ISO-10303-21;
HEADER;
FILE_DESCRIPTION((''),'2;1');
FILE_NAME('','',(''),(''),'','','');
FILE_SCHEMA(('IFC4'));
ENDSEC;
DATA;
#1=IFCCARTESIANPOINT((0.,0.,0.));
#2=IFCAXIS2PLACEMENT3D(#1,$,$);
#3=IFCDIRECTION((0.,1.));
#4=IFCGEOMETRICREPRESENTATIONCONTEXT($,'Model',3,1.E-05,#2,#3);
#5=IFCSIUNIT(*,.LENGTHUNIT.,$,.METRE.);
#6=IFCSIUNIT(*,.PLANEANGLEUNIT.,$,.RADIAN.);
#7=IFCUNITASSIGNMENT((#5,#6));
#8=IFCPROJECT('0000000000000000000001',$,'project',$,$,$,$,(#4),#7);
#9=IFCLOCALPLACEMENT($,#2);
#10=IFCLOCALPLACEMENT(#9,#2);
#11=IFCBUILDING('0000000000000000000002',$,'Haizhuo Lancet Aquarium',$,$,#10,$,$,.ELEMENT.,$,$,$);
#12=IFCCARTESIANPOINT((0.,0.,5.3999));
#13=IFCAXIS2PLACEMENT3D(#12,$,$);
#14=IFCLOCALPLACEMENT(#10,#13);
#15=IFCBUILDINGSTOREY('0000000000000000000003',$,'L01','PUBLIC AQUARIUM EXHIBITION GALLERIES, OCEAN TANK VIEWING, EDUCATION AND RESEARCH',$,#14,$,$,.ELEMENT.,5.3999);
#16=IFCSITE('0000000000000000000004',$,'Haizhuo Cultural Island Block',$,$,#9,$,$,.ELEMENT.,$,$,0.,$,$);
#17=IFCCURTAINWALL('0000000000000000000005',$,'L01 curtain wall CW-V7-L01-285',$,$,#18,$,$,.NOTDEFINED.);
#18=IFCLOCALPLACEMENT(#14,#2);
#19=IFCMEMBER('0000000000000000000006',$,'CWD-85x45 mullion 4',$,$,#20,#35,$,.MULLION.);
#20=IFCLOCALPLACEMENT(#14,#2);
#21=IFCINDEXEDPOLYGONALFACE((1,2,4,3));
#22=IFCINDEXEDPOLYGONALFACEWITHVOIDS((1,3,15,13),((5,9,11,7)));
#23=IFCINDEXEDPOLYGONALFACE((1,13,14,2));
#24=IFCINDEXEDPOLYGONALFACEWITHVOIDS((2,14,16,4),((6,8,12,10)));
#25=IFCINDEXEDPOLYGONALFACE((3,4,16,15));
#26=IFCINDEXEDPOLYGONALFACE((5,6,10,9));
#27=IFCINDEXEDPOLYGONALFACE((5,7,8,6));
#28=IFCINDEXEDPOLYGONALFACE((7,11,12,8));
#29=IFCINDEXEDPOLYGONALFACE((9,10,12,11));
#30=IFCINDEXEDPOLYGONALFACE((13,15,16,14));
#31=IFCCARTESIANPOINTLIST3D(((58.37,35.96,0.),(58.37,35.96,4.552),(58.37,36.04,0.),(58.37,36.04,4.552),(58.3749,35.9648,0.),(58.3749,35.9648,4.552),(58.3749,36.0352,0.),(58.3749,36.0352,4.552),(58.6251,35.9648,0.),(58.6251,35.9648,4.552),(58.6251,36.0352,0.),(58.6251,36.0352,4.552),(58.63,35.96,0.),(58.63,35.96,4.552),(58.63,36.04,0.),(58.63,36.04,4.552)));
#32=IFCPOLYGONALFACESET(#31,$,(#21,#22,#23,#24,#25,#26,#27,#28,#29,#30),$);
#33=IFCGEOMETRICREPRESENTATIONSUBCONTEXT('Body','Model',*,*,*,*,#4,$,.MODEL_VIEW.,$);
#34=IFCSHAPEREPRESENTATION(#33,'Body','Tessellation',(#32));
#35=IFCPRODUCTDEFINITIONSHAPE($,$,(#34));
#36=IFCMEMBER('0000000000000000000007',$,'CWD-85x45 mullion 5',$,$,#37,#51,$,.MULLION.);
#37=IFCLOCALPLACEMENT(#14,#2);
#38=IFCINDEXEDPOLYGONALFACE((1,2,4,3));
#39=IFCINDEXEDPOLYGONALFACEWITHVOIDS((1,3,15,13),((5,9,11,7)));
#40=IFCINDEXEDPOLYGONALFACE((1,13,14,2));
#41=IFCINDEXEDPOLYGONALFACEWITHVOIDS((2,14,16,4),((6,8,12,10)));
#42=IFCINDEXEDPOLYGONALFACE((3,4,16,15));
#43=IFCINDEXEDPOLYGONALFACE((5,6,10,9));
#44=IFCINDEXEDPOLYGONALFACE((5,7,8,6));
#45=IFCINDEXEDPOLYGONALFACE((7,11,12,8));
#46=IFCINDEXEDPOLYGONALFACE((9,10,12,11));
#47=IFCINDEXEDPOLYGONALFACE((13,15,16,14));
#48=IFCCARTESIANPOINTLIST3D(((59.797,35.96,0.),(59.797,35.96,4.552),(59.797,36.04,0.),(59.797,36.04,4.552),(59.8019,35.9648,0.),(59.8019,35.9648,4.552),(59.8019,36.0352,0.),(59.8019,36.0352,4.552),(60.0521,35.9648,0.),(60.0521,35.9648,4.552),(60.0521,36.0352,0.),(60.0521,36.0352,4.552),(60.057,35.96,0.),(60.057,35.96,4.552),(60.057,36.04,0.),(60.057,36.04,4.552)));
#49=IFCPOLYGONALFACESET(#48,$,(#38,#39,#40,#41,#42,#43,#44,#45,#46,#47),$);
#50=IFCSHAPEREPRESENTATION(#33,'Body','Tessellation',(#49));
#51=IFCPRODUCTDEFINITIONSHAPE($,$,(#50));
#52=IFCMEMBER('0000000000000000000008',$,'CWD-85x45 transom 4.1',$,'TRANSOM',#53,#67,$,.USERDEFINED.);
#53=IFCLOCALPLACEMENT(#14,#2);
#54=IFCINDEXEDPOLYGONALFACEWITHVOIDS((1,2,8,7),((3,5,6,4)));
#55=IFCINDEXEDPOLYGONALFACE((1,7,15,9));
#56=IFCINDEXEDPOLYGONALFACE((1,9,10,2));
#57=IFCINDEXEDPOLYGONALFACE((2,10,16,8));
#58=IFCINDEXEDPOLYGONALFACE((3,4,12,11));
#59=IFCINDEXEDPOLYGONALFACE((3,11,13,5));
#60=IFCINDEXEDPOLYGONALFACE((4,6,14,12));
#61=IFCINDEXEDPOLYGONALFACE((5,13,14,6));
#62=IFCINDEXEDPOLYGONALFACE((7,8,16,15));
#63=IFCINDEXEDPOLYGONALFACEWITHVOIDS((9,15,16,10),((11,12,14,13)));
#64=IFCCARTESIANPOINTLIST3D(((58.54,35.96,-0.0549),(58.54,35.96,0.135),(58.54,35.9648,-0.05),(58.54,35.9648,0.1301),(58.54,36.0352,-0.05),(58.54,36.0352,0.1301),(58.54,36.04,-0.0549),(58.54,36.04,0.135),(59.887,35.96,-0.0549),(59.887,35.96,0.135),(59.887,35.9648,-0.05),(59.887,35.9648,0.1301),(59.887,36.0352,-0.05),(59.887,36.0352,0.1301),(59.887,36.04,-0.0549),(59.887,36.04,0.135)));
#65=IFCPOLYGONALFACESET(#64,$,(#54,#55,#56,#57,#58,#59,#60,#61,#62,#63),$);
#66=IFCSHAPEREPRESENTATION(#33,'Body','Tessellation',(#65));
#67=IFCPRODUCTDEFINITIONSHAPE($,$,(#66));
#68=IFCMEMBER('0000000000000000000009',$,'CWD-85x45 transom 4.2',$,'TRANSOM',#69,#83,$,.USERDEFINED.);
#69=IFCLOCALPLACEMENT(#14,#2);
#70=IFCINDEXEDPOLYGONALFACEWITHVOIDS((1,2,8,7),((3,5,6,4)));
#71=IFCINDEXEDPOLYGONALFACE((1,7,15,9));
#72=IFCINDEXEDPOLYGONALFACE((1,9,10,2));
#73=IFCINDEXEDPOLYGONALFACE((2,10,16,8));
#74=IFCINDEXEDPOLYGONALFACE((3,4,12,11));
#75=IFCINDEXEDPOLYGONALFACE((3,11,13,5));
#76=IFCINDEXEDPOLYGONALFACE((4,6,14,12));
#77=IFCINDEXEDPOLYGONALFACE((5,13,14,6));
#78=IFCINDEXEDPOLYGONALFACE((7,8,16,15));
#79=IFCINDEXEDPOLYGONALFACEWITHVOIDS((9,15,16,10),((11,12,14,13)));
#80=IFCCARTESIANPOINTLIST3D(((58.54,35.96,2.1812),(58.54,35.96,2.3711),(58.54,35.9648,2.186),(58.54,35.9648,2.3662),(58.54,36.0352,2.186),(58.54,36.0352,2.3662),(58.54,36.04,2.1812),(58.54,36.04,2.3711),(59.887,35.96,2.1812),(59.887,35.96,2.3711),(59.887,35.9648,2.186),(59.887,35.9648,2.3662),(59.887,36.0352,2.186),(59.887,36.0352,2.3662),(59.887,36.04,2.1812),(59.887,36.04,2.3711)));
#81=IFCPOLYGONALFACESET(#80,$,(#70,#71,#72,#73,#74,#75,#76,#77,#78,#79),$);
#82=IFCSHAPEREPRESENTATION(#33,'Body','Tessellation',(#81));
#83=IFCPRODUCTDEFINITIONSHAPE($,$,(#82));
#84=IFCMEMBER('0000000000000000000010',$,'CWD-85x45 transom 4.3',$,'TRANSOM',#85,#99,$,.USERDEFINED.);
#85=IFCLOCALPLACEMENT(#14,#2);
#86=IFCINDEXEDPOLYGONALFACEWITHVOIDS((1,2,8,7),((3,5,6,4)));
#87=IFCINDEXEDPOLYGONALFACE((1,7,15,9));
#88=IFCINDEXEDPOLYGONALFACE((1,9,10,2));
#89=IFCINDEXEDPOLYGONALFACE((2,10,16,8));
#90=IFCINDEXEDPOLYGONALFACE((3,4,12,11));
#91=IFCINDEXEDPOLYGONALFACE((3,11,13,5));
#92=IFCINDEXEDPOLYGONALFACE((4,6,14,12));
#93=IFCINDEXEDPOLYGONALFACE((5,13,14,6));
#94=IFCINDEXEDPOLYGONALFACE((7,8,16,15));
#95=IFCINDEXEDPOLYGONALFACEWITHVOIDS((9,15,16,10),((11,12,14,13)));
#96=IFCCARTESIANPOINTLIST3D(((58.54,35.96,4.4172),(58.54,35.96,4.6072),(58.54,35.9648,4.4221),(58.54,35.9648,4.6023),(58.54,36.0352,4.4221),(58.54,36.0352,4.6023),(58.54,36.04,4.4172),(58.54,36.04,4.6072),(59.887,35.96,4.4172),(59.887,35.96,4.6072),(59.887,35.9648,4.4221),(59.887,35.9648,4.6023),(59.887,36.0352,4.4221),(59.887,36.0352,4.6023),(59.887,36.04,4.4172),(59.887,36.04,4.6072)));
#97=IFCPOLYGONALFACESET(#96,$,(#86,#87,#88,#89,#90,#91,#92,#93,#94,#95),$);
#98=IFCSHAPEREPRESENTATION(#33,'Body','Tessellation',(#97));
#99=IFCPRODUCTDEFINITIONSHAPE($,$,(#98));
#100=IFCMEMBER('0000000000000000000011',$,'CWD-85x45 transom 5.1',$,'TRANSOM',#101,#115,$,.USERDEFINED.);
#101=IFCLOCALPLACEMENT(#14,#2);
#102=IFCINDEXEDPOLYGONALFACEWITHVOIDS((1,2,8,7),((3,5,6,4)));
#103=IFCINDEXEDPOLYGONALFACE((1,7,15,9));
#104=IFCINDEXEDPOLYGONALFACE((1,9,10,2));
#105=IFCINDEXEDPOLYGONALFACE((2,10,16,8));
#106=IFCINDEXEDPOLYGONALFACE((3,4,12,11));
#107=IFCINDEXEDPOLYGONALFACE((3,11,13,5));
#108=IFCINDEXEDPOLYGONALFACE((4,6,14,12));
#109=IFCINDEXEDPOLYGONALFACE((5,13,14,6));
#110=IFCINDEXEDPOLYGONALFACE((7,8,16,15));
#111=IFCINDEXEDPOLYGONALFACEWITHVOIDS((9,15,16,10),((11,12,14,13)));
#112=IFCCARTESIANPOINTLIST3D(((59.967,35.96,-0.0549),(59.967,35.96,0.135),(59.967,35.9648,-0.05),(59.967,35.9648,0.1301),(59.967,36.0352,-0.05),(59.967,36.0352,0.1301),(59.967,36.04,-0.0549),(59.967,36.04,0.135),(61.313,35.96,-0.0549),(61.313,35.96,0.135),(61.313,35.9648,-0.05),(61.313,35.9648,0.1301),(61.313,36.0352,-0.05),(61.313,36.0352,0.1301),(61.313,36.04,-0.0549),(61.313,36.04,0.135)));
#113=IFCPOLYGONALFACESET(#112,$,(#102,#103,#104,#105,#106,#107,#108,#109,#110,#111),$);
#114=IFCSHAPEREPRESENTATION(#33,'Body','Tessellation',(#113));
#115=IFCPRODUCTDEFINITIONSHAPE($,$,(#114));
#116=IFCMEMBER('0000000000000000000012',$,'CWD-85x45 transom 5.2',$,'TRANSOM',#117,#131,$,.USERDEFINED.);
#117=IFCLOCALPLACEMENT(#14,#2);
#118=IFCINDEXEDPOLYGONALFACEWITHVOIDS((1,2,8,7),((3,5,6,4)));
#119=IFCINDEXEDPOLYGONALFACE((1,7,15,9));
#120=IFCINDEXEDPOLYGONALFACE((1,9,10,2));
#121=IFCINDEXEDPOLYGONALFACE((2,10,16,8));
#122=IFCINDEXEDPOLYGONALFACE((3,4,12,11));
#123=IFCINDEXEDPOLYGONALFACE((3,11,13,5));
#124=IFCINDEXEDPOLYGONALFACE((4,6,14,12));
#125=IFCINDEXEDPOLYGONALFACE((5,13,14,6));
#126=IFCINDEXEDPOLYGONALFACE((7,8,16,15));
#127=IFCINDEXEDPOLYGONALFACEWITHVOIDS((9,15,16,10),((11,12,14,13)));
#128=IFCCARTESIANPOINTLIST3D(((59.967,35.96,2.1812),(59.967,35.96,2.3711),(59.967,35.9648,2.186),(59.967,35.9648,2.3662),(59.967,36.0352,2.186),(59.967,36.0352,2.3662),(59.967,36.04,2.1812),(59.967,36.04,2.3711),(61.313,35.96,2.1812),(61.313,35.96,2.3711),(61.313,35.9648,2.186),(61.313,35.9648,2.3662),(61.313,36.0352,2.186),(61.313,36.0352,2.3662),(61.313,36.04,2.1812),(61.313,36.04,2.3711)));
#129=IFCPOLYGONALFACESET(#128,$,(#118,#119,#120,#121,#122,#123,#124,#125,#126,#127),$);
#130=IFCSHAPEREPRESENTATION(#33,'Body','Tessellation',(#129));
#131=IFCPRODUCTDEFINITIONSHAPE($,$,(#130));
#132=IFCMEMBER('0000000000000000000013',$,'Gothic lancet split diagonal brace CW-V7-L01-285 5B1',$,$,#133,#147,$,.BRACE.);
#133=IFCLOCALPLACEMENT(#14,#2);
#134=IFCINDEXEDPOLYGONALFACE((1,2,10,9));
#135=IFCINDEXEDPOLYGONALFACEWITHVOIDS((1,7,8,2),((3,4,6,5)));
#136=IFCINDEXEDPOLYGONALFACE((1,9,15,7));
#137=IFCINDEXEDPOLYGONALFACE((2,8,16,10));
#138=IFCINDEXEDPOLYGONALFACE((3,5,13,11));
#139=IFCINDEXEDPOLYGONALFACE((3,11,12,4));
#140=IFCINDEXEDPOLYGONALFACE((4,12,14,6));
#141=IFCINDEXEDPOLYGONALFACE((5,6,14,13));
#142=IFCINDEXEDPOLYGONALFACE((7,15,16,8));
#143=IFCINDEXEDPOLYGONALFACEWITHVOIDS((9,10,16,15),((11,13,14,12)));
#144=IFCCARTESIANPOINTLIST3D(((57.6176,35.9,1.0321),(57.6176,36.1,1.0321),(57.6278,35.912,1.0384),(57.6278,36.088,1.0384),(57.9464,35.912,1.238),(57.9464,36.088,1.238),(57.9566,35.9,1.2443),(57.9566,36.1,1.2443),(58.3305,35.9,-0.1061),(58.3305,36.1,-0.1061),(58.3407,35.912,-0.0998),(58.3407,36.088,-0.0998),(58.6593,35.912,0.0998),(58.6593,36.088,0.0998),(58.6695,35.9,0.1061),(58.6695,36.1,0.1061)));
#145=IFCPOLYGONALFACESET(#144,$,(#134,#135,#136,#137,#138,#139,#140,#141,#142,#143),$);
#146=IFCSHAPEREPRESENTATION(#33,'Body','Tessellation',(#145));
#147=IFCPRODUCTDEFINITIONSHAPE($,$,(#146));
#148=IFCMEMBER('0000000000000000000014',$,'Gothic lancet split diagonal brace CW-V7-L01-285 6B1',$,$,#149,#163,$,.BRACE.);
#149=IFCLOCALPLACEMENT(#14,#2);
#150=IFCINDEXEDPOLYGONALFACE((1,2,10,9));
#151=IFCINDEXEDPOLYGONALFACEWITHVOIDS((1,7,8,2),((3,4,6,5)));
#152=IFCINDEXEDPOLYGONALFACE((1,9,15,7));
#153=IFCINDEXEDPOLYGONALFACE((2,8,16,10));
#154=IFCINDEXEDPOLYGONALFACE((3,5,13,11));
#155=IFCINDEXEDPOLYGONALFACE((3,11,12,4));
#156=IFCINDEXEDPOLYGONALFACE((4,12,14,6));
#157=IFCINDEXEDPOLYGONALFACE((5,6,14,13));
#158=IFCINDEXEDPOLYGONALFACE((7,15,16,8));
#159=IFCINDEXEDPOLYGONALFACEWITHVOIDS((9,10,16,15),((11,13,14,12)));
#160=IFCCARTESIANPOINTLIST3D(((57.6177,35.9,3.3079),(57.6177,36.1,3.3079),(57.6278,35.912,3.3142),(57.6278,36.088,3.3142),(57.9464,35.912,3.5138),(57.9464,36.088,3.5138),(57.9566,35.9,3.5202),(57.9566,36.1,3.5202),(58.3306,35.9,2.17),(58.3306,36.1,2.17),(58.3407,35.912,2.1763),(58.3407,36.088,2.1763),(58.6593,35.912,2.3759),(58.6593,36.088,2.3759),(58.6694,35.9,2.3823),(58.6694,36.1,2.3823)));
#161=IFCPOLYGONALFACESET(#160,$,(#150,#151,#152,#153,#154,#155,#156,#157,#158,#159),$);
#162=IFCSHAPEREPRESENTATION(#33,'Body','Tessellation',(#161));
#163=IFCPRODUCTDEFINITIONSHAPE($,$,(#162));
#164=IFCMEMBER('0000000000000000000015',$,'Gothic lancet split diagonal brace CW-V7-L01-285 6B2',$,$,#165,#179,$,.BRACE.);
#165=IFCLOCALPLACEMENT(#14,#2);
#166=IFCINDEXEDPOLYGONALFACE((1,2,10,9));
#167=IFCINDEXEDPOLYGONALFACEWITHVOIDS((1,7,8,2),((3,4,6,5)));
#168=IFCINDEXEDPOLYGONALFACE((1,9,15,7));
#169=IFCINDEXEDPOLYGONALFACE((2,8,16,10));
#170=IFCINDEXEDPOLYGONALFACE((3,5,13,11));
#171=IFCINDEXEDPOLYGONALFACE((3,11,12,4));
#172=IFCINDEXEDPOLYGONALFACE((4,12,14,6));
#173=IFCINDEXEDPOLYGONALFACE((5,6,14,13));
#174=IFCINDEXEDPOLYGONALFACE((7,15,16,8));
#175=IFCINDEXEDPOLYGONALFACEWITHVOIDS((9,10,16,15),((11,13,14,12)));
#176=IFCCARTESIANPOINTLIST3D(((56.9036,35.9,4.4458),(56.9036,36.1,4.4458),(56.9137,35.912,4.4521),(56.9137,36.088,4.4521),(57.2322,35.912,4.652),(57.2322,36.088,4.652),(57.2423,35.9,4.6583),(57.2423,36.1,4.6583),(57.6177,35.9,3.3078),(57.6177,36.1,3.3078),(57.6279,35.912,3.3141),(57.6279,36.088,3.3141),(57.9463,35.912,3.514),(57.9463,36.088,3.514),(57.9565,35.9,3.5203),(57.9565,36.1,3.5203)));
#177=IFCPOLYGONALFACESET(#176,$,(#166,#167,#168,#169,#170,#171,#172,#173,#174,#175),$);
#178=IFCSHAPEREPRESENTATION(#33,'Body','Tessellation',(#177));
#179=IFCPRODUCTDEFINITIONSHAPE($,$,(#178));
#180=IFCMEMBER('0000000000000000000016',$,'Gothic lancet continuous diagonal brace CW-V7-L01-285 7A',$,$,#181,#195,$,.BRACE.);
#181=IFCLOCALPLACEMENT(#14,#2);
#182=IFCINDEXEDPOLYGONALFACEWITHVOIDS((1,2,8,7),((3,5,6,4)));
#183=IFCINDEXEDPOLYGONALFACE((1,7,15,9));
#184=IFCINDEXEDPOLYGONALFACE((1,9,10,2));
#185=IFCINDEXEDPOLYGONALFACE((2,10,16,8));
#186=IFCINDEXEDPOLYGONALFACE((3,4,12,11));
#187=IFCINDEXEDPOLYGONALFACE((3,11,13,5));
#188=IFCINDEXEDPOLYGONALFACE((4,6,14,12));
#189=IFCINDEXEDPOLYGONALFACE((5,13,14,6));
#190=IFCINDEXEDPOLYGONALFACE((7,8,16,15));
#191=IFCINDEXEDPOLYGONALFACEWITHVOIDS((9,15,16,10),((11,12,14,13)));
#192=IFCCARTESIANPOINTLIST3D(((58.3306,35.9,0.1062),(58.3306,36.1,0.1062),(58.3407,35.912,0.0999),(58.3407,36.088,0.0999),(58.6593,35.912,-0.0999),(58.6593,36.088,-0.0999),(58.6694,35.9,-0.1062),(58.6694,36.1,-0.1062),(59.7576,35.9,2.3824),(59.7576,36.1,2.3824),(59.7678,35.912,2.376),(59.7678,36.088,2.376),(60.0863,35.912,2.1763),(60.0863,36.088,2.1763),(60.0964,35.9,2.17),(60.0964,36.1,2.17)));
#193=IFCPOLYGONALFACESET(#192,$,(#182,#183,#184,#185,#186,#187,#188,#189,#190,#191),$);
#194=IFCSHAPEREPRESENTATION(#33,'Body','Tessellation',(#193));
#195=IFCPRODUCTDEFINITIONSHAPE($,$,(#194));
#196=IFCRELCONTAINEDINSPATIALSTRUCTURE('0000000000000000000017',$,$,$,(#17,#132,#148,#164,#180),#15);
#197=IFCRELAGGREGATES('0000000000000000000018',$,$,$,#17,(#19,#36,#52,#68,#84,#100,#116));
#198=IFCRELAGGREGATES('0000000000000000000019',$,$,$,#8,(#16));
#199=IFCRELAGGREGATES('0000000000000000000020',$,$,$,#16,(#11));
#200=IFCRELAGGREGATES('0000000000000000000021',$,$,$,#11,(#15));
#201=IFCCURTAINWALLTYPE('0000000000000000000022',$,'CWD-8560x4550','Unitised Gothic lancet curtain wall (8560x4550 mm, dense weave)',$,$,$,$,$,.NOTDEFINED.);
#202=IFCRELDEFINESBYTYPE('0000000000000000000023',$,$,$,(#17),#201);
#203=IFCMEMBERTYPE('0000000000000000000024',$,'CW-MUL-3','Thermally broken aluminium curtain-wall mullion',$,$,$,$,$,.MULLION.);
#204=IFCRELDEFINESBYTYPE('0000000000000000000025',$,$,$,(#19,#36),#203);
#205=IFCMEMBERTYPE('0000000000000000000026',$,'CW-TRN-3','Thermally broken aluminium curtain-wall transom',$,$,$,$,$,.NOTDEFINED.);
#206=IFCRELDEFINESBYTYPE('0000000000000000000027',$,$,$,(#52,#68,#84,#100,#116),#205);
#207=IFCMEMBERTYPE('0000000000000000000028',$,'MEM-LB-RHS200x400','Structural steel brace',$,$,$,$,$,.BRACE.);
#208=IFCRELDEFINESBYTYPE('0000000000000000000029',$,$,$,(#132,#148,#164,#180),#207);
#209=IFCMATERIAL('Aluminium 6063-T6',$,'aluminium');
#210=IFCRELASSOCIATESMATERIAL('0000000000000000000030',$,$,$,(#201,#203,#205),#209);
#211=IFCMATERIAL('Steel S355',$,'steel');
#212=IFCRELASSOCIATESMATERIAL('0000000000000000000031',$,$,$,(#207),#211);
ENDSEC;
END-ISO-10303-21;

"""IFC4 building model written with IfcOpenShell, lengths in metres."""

from ifc_helpers import new_model, si_unit, direction, frame, origin, origin_2d, place, context, subcontext, project, spatial, hollow_rectangle, extrude, material, material_profile, profile_set, type_object, element, aggregate, save


model = new_model("IFC4")

# Units and contexts
model_context = context("Model", 3, precision=1e-05, world=origin(), true_north=direction((0.0, 1.0)))
body_context = subcontext(model_context, "Body", "Model", "MODEL_VIEW")
ifc_project = project(units=[si_unit("LENGTHUNIT", "METRE"), si_unit("PLANEANGLEUNIT", "RADIAN")], contexts=[model_context])

# Site, building, storey
site_placement = place(None, origin())
site = spatial("IfcSite", under=ifc_project, at=site_placement, Name="Haizhuo Cultural Island Block", CompositionType="ELEMENT", RefElevation=0.0)
building_placement = place(site_placement, origin())
building = spatial("IfcBuilding", under=site, at=building_placement, Name="Haizhuo Lancet Aquarium", CompositionType="ELEMENT")
storey_placement = place(building_placement, frame((0.0, 0.0, 5.3999)))
storey = spatial("IfcBuildingStorey", under=building, at=storey_placement, Name="L01", Description="PUBLIC AQUARIUM EXHIBITION GALLERIES, OCEAN TANK VIEWING, EDUCATION AND RESEARCH", CompositionType="ELEMENT", Elevation=5.3999)

# Curtain wall, members
ifc_material_1 = material(Name="Aluminium 6063-T6", Category="aluminium")
curtain_wall_type = type_object("IfcCurtainWallType", Name="CWD-8560x4550", Description="Unitised Gothic lancet curtain wall (8560x4550 mm, dense weave)", PredefinedType="NOTDEFINED", material=ifc_material_1)
curtain_wall_placement = place(storey_placement, origin())
curtain_wall = element("IfcCurtainWall", 1, at=curtain_wall_placement, inside=storey, type_object=curtain_wall_type, Name="L01 curtain wall CW-V7-L01-285", PredefinedType="NOTDEFINED")
ifc_material_profile_1 = material_profile(ifc_material_1, hollow_rectangle(XDim=0.0801, YDim=0.26, WallThickness=0.0049, at=origin_2d()), Name="ALU-M 80x260x5")
ifc_profile_set_1 = profile_set([ifc_material_profile_1], Name="Aluminium 6063-T6")
member_type_1 = type_object("IfcMemberType", Name="CW-MUL-3", Description="Thermally broken aluminium curtain-wall mullion", PredefinedType="MULLION", material=ifc_profile_set_1)
member_1_placement = place(storey_placement, frame((58.5, 36.0, 0.0), z_axis=(0.0, 0.0, 1.0), x_axis=(0.0, 1.0, 0.0)))
member_1 = element("IfcMember", 2, at=member_1_placement, type_object=member_type_1, Name="CWD-85x45 mullion 4", PredefinedType="MULLION", context=body_context, shape_type="SweptSolid", body=[
    extrude(hollow_rectangle(XDim=0.0801, YDim=0.26, WallThickness=0.0049, at=origin_2d()), origin(), (0.0, 0.0, 1.0), 4.552),
])
member_2_placement = place(storey_placement, frame((59.927, 36.0, 0.0), z_axis=(0.0, 0.0, 1.0), x_axis=(0.0, 1.0, 0.0)))
member_2 = element("IfcMember", 3, at=member_2_placement, type_object=member_type_1, Name="CWD-85x45 mullion 5", PredefinedType="MULLION", context=body_context, shape_type="SweptSolid", body=[
    extrude(hollow_rectangle(XDim=0.0801, YDim=0.26, WallThickness=0.0049, at=origin_2d()), origin(), (0.0, 0.0, 1.0), 4.552),
])
ifc_material_profile_2 = material_profile(ifc_material_1, hollow_rectangle(XDim=0.0801, YDim=0.1899, WallThickness=0.0049, at=origin_2d()), Name="ALU-T 80x190x5")
ifc_profile_set_2 = profile_set([ifc_material_profile_2], Name="Aluminium 6063-T6")
member_type_2 = type_object("IfcMemberType", Name="CW-TRN-3", Description="Thermally broken aluminium curtain-wall transom", PredefinedType="NOTDEFINED", material=ifc_profile_set_2)
member_3_placement = place(storey_placement, frame((58.54, 36.0, 0.04), z_axis=(1.0, 0.0, 0.0), x_axis=(0.0, 1.0, 0.0)))
member_3 = element("IfcMember", 4, at=member_3_placement, type_object=member_type_2, Name="CWD-85x45 transom 4.1", ObjectType="TRANSOM", PredefinedType="USERDEFINED", context=body_context, shape_type="SweptSolid", body=[
    extrude(hollow_rectangle(XDim=0.0801, YDim=0.1899, WallThickness=0.0049, at=origin_2d()), origin(), (0.0, 0.0, 1.0), 1.3469),
])
member_4_placement = place(storey_placement, frame((58.54, 36.0, 2.2761), z_axis=(1.0, 0.0, 0.0), x_axis=(0.0, 1.0, 0.0)))
member_4 = element("IfcMember", 5, at=member_4_placement, type_object=member_type_2, Name="CWD-85x45 transom 4.2", ObjectType="TRANSOM", PredefinedType="USERDEFINED", context=body_context, shape_type="SweptSolid", body=[
    extrude(hollow_rectangle(XDim=0.0801, YDim=0.1899, WallThickness=0.0049, at=origin_2d()), origin(), (0.0, 0.0, 1.0), 1.3469),
])
member_5_placement = place(storey_placement, frame((58.54, 36.0, 4.5122), z_axis=(1.0, 0.0, 0.0), x_axis=(0.0, 1.0, 0.0)))
member_5 = element("IfcMember", 6, at=member_5_placement, type_object=member_type_2, Name="CWD-85x45 transom 4.3", ObjectType="TRANSOM", PredefinedType="USERDEFINED", context=body_context, shape_type="SweptSolid", body=[
    extrude(hollow_rectangle(XDim=0.0801, YDim=0.1899, WallThickness=0.0049, at=origin_2d()), origin(), (0.0, 0.0, 1.0), 1.3469),
])
member_6_placement = place(storey_placement, frame((59.967, 36.0, 0.04), z_axis=(1.0, 0.0, 0.0), x_axis=(0.0, 1.0, 0.0)))
member_6 = element("IfcMember", 7, at=member_6_placement, type_object=member_type_2, Name="CWD-85x45 transom 5.1", ObjectType="TRANSOM", PredefinedType="USERDEFINED", context=body_context, shape_type="SweptSolid", body=[
    extrude(hollow_rectangle(XDim=0.0801, YDim=0.1899, WallThickness=0.0049, at=origin_2d()), origin(), (0.0, 0.0, 1.0), 1.3459),
])
member_7_placement = place(storey_placement, frame((59.967, 36.0, 2.2761), z_axis=(1.0, 0.0, 0.0), x_axis=(0.0, 1.0, 0.0)))
member_7 = element("IfcMember", 8, at=member_7_placement, type_object=member_type_2, Name="CWD-85x45 transom 5.2", ObjectType="TRANSOM", PredefinedType="USERDEFINED", context=body_context, shape_type="SweptSolid", body=[
    extrude(hollow_rectangle(XDim=0.0801, YDim=0.1899, WallThickness=0.0049, at=origin_2d()), origin(), (0.0, 0.0, 1.0), 1.3459),
])

# Members
ifc_material_2 = material(Name="Steel S355", Category="steel")
ifc_material_profile_3 = material_profile(ifc_material_2, hollow_rectangle(XDim=0.2, YDim=0.3999, WallThickness=0.012, at=origin_2d()), Name="RHS 200x400x12")
ifc_profile_set_3 = profile_set([ifc_material_profile_3], Name="Steel S355")
member_type_3 = type_object("IfcMemberType", Name="MEM-LB-RHS200x400", Description="Structural steel brace", PredefinedType="BRACE", material=ifc_profile_set_3)
member_8_placement = place(storey_placement, frame((58.5, 36.0, 0.0), z_axis=(-0.530816, 0.0, 0.847487), x_axis=(0.0, -1.0, 0.0)))
element("IfcMember", 9, at=member_8_placement, inside=storey, type_object=member_type_3, Name="Gothic lancet split diagonal brace CW-V7-L01-285 5B1", PredefinedType="BRACE", context=body_context, shape_type="SweptSolid", body=[
    extrude(hollow_rectangle(XDim=0.2, YDim=0.3999, WallThickness=0.012, at=origin_2d()), origin(), (0.0, 0.0, 1.0), 1.343),
])
member_9_placement = place(storey_placement, frame((58.5, 36.0, 2.2761), z_axis=(-0.530897, 0.0, 0.847436), x_axis=(0.0, -1.0, 0.0)))
element("IfcMember", 10, at=member_9_placement, inside=storey, type_object=member_type_3, Name="Gothic lancet split diagonal brace CW-V7-L01-285 6B1", PredefinedType="BRACE", context=body_context, shape_type="SweptSolid", body=[
    extrude(hollow_rectangle(XDim=0.2, YDim=0.3999, WallThickness=0.012, at=origin_2d()), origin(), (0.0, 0.0, 1.0), 1.3428),
])
member_10_placement = place(storey_placement, frame((57.7871, 36.0, 3.4141), z_axis=(-0.53155, 0.0, 0.847027), x_axis=(0.0, -1.0, 0.0)))
element("IfcMember", 11, at=member_10_placement, inside=storey, type_object=member_type_3, Name="Gothic lancet split diagonal brace CW-V7-L01-285 6B2", PredefinedType="BRACE", context=body_context, shape_type="SweptSolid", body=[
    extrude(hollow_rectangle(XDim=0.2, YDim=0.3999, WallThickness=0.012, at=origin_2d()), origin(), (0.0, 0.0, 1.0), 1.3435),
])
member_11_placement = place(storey_placement, frame((58.5, 36.0, 0.0), z_axis=(0.531183, 0.0, 0.847257), x_axis=(0.0, 1.0, 0.0)))
element("IfcMember", 12, at=member_11_placement, inside=storey, type_object=member_type_3, Name="Gothic lancet continuous diagonal brace CW-V7-L01-285 7A", PredefinedType="BRACE", context=body_context, shape_type="SweptSolid", body=[
    extrude(hollow_rectangle(XDim=0.2, YDim=0.3999, WallThickness=0.012, at=origin_2d()), origin(), (0.0, 0.0, 1.0), 2.6865),
])

aggregate(curtain_wall, [member_1, member_2, member_3, member_4, member_5, member_6, member_7])

save(model, "model.ifc")
